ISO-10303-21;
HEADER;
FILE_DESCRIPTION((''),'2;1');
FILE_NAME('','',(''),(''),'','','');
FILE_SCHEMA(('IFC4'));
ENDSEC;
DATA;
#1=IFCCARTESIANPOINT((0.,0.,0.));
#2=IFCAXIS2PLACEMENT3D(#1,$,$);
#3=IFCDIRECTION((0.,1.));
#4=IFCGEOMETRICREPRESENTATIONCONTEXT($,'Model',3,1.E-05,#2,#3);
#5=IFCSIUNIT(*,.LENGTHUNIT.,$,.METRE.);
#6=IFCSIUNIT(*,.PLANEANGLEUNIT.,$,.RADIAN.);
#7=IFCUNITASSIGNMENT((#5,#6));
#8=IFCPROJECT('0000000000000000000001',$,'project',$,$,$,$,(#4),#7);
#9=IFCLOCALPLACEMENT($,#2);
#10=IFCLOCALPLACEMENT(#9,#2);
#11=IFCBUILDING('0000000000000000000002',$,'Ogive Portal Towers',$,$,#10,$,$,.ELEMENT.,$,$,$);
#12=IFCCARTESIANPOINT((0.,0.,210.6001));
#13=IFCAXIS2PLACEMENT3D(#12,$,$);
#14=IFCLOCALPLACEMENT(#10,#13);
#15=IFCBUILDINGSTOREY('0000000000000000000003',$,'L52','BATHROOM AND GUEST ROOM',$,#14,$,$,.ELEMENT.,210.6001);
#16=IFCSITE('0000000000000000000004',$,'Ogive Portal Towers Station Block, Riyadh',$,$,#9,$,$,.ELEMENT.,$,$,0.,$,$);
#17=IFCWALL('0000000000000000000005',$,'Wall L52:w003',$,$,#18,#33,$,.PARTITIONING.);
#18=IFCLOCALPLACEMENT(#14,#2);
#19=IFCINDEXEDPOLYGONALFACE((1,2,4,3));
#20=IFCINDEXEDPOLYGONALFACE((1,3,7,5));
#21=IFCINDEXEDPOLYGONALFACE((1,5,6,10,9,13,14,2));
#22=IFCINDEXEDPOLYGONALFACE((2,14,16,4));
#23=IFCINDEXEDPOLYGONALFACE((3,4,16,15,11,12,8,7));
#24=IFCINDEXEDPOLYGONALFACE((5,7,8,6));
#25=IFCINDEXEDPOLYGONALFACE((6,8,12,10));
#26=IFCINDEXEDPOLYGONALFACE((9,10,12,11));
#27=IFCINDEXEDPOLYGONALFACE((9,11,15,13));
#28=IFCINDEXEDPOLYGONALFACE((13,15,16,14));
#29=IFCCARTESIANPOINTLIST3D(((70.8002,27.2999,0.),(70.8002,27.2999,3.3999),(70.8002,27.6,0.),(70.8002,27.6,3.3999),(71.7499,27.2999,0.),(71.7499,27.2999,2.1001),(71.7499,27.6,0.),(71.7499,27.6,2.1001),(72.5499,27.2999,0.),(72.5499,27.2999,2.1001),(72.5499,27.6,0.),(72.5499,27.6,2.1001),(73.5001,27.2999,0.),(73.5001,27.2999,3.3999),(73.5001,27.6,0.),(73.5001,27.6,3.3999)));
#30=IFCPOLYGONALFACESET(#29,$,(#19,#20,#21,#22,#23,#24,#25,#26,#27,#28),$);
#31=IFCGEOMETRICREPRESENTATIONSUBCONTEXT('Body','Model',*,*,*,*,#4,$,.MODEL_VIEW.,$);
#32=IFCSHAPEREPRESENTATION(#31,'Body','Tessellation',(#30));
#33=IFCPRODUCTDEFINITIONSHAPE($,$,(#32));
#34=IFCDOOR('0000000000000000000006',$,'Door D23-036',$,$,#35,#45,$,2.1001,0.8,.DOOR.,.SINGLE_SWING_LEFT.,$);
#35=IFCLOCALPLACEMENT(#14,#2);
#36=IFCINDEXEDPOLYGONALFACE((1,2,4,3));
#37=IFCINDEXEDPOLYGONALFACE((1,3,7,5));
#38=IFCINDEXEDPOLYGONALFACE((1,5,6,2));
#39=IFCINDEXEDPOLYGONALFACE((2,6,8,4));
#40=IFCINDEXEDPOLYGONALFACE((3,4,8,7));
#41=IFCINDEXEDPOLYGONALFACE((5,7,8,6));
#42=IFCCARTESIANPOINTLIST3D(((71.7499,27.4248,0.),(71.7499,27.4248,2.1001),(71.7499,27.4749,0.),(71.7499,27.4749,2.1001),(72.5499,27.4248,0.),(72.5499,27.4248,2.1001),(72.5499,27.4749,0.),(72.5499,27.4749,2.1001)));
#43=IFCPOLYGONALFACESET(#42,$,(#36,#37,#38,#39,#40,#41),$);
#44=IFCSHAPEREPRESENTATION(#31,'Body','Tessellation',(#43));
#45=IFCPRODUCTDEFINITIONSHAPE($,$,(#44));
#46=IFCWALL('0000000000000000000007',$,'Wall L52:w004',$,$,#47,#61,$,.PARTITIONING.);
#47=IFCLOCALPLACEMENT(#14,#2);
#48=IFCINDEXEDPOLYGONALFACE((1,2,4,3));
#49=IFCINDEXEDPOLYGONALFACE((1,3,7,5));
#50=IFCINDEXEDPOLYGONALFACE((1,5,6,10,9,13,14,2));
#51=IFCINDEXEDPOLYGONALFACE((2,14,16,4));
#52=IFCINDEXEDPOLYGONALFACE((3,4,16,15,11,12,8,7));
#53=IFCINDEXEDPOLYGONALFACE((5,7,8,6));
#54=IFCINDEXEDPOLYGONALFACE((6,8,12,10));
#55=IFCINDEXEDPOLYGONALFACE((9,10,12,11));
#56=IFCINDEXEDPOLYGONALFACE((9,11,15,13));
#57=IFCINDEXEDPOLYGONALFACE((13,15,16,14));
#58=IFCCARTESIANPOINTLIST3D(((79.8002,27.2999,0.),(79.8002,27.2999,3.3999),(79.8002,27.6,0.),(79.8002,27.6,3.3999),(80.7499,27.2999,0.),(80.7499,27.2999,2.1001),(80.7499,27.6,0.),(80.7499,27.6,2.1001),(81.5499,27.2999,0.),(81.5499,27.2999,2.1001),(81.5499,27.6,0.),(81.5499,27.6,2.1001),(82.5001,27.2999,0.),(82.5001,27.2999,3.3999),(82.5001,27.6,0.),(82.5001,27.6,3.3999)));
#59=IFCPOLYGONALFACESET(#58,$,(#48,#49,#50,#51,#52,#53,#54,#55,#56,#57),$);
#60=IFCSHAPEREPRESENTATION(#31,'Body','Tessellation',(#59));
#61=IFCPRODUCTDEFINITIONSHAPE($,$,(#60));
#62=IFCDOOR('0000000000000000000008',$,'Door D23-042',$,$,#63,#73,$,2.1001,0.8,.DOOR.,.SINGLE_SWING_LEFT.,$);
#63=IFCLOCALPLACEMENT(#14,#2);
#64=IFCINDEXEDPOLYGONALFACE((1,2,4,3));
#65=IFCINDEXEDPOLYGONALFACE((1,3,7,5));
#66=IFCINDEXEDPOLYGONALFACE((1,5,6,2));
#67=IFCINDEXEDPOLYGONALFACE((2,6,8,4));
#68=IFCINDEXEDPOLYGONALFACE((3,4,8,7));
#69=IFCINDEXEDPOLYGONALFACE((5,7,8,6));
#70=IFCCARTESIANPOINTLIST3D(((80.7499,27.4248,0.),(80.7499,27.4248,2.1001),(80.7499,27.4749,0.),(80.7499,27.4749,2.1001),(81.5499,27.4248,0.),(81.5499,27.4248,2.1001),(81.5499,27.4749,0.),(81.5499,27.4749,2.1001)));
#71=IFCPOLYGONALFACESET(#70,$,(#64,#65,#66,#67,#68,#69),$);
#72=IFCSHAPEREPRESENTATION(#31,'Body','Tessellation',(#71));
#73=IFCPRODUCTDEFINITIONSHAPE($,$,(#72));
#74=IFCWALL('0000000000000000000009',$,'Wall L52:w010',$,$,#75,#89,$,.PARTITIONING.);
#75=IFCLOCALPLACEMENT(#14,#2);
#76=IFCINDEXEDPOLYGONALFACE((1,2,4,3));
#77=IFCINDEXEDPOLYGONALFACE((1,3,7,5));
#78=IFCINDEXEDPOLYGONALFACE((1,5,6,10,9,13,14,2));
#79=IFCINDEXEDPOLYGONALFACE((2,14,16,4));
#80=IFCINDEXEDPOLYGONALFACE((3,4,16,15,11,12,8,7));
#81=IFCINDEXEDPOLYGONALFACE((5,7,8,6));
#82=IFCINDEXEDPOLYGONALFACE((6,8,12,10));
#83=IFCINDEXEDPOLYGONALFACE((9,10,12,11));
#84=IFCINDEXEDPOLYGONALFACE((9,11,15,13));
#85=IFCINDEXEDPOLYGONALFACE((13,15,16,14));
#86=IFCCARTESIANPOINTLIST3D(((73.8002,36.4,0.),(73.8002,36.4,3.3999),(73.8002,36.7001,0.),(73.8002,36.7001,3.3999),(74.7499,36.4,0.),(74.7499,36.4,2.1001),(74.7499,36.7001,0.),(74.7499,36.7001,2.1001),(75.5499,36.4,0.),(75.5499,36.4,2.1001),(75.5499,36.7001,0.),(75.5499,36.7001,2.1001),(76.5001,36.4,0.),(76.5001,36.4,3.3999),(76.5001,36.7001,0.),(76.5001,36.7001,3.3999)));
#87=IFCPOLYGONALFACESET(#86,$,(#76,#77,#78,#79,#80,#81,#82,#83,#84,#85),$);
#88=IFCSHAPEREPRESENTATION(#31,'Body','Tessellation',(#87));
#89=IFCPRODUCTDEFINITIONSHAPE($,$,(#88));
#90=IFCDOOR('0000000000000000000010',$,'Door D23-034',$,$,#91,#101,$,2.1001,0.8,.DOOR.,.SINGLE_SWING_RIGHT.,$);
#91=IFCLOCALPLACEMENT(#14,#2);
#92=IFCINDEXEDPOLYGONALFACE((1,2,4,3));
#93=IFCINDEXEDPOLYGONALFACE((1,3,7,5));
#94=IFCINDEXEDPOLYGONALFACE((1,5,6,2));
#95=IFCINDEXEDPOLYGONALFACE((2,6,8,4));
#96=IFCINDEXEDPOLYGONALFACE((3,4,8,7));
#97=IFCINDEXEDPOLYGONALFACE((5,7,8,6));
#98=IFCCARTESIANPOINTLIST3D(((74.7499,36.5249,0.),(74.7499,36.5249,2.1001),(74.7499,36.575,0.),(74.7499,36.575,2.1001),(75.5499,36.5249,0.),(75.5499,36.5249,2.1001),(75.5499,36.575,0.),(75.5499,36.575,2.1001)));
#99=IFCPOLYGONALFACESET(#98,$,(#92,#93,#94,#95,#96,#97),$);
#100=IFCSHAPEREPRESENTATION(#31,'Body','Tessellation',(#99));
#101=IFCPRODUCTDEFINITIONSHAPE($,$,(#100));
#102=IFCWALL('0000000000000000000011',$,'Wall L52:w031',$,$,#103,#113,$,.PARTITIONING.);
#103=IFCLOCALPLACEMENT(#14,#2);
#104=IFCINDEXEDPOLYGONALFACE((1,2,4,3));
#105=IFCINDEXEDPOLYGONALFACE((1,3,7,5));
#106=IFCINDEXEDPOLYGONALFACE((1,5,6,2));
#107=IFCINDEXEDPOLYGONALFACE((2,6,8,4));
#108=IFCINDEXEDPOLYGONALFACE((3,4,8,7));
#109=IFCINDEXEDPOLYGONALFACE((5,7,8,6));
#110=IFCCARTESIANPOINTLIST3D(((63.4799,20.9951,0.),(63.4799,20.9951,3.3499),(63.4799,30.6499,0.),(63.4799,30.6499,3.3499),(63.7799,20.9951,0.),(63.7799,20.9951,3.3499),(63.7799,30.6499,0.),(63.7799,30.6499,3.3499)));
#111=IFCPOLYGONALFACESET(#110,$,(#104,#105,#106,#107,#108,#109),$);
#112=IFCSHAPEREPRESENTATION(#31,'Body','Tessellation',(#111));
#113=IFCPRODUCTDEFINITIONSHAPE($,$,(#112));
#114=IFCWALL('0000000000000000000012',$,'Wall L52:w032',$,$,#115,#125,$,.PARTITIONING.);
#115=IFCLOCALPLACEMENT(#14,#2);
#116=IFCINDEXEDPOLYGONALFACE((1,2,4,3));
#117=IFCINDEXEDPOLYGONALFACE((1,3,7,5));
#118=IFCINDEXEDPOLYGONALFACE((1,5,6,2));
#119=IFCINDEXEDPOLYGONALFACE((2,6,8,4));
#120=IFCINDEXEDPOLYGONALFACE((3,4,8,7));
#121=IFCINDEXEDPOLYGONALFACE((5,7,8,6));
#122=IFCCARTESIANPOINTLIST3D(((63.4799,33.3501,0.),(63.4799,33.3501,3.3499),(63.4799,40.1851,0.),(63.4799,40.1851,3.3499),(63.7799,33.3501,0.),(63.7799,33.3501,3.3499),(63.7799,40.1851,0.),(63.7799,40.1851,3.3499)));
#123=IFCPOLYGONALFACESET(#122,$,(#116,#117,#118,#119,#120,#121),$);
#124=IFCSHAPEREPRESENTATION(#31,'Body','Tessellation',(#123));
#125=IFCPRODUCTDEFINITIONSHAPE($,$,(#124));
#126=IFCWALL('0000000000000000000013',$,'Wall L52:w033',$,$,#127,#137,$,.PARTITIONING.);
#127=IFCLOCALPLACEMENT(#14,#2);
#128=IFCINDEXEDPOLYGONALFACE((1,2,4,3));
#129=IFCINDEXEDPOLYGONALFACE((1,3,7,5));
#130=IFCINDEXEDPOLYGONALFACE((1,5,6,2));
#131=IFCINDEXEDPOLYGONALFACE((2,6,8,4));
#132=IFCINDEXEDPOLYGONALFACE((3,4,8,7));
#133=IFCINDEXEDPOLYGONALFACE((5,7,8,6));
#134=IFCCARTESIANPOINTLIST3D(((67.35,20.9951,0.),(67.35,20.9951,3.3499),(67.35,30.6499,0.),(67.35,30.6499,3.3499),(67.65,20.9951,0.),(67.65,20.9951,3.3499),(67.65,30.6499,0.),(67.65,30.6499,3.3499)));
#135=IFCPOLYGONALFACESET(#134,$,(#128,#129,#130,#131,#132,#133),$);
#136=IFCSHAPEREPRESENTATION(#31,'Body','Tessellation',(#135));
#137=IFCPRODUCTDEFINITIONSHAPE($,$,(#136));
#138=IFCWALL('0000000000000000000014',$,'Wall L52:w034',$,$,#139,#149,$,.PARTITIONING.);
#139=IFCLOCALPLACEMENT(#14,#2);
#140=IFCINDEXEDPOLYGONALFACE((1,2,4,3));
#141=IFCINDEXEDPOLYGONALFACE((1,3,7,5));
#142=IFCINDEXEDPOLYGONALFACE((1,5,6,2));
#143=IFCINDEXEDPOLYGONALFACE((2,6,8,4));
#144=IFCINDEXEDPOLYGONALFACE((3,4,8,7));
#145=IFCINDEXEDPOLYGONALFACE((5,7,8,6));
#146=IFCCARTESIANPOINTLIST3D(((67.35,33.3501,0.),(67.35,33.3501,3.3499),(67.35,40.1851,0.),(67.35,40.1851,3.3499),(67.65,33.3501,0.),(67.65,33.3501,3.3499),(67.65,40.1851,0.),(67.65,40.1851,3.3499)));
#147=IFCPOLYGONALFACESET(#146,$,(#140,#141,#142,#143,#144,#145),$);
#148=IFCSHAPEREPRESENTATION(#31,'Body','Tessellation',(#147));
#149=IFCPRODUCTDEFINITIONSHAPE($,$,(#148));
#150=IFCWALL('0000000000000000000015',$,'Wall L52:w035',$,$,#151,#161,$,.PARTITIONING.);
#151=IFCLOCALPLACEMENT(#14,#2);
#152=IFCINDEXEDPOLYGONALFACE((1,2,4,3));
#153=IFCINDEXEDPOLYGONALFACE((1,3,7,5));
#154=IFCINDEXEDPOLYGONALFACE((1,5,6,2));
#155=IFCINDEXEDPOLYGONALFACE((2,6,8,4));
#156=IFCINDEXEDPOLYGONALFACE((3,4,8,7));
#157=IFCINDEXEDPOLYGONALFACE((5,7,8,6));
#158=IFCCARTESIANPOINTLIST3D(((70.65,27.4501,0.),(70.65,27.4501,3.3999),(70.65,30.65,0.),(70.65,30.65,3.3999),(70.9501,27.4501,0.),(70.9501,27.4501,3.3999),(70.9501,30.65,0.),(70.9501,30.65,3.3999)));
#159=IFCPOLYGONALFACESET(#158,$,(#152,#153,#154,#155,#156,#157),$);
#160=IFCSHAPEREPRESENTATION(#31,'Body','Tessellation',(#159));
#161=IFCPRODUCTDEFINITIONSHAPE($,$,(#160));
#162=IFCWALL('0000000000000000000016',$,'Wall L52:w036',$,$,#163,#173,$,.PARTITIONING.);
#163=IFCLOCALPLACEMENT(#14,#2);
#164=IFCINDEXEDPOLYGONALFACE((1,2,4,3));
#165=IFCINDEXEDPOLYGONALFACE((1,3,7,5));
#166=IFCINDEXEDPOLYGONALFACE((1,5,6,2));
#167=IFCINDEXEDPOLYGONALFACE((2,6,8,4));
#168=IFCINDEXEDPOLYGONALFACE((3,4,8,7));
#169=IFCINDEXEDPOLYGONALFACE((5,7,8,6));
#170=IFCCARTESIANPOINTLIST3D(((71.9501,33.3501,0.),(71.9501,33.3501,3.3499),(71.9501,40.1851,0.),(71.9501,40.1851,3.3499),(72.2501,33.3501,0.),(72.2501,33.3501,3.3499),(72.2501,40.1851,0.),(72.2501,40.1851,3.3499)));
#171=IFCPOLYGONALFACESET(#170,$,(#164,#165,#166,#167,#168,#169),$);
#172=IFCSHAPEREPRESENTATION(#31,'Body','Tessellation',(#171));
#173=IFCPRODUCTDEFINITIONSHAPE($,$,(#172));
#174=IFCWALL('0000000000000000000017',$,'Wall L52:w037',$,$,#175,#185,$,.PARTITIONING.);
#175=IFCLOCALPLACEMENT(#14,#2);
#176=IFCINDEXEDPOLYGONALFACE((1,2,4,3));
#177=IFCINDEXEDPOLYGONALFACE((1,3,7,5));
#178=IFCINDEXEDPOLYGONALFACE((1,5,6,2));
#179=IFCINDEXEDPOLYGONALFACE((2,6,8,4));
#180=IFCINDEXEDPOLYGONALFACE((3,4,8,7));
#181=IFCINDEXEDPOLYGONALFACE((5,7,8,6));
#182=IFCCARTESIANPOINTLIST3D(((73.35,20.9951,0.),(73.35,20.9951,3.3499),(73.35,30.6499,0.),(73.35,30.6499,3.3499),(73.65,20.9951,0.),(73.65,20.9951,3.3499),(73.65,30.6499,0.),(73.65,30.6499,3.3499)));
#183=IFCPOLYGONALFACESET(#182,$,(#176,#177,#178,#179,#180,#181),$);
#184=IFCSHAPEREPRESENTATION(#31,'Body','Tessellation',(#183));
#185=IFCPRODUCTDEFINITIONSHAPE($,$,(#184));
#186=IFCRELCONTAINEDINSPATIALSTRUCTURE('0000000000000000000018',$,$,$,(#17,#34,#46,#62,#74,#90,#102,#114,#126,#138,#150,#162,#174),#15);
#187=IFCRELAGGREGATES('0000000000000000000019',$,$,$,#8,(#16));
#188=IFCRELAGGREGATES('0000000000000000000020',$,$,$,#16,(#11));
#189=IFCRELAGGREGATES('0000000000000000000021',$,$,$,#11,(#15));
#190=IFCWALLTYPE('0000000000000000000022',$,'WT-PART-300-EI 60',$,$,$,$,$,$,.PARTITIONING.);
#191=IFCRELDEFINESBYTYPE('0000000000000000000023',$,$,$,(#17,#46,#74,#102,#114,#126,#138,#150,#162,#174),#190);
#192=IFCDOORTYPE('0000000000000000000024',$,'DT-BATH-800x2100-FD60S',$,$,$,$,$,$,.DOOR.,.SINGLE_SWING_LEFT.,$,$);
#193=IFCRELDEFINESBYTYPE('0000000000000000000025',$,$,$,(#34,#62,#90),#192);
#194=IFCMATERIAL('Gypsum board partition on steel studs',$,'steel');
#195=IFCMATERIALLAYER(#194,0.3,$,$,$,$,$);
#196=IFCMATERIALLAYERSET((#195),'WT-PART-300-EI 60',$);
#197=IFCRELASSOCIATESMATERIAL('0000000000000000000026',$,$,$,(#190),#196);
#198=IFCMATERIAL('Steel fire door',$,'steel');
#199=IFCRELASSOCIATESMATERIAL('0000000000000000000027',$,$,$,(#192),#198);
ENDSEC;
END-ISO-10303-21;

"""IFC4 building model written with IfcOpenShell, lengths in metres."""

from ifc_helpers import new_model, si_unit, direction, frame, frame_2d, origin, place, context, subcontext, project, spatial, rectangle, extrude, material, layer, layer_set, type_object, element, fill, save


model = new_model("IFC4")

# Units and contexts
model_context = context("Model", 3, precision=1e-05, world=origin(), true_north=direction((0.0, 1.0)))
body_context = subcontext(model_context, "Body", "Model", "MODEL_VIEW")
ifc_project = project(units=[si_unit("LENGTHUNIT", "METRE"), si_unit("PLANEANGLEUNIT", "RADIAN")], contexts=[model_context])

# Site, building, storey
site_placement = place(None, origin())
site = spatial("IfcSite", under=ifc_project, at=site_placement, Name="Ogive Portal Towers Station Block, Riyadh", CompositionType="ELEMENT", RefElevation=0.0)
building_placement = place(site_placement, origin())
building = spatial("IfcBuilding", under=site, at=building_placement, Name="Ogive Portal Towers", CompositionType="ELEMENT")
storey_placement = place(building_placement, frame((0.0, 0.0, 210.6001)))
storey = spatial("IfcBuildingStorey", under=building, at=storey_placement, Name="L52", Description="BATHROOM AND GUEST ROOM", CompositionType="ELEMENT", Elevation=210.6001)

# Walls, openings, doors
ifc_material_1 = material(Name="Gypsum board partition on steel studs", Category="steel")
ifc_layer_1 = layer(ifc_material_1, 0.3)
ifc_layer_set_1 = layer_set([ifc_layer_1], Name="WT-PART-300-EI 60")
wall_type = type_object("IfcWallType", Name="WT-PART-300-EI 60", PredefinedType="PARTITIONING", material=ifc_layer_set_1)
wall_1_placement = place(storey_placement, frame((70.8, 27.45, 0.0), z_axis=(0.0, 0.0, 1.0), x_axis=(1.0, 0.0, 0.0)))
wall_1 = element("IfcWall", 1, at=wall_1_placement, inside=storey, type_object=wall_type, Name="Wall L52:w003", PredefinedType="PARTITIONING", context=body_context, shape_type="SweptSolid", body=[
    extrude(rectangle(XDim=2.7, YDim=0.3, at=frame_2d((1.3501, 0.0))), origin(), (0.0, 0.0, 1.0), 3.3999),
])
opening_1_placement = place(wall_1_placement, frame((0.95, 0.0, 0.0)))
opening_1 = element("IfcOpeningElement", 2, at=opening_1_placement, cuts=wall_1, PredefinedType="OPENING", context=body_context, shape_type="SweptSolid", body=[
    extrude(rectangle(XDim=0.8, YDim=2.1001, at=frame_2d((0.3999, 1.05))), frame((0.0, 0.1602, 0.0), z_axis=(0.0, -1.0, 0.0), x_axis=(1.0, 0.0, 0.0)), (0.0, 0.0, 1.0), 0.3201),
])
ifc_material_2 = material(Name="Steel fire door", Category="steel")
door_type = type_object("IfcDoorType", Name="DT-BATH-800x2100-FD60S", OperationType="SINGLE_SWING_LEFT", PredefinedType="DOOR", material=ifc_material_2)
door_1_placement = place(opening_1_placement, origin())
door_1 = element("IfcDoor", 3, at=door_1_placement, inside=storey, type_object=door_type, Name="Door D23-036", OperationType="SINGLE_SWING_LEFT", OverallHeight=2.1001, OverallWidth=0.8, PredefinedType="DOOR", context=body_context, shape_type="SweptSolid", body=[
    extrude(rectangle(XDim=0.8, YDim=2.1001, at=frame_2d((0.3999, 1.05))), frame((0.0, 0.0249, 0.0), z_axis=(0.0, -1.0, 0.0), x_axis=(1.0, 0.0, 0.0)), (0.0, 0.0, 1.0), 0.05),
])
fill(opening_1, door_1)
wall_2_placement = place(storey_placement, frame((79.8, 27.45, 0.0), z_axis=(0.0, 0.0, 1.0), x_axis=(1.0, 0.0, 0.0)))
wall_2 = element("IfcWall", 4, at=wall_2_placement, inside=storey, type_object=wall_type, Name="Wall L52:w004", PredefinedType="PARTITIONING", context=body_context, shape_type="SweptSolid", body=[
    extrude(rectangle(XDim=2.7, YDim=0.3, at=frame_2d((1.3501, 0.0))), origin(), (0.0, 0.0, 1.0), 3.3999),
])
opening_2_placement = place(wall_2_placement, frame((0.95, 0.0, 0.0)))
opening_2 = element("IfcOpeningElement", 5, at=opening_2_placement, cuts=wall_2, PredefinedType="OPENING", context=body_context, shape_type="SweptSolid", body=[
    extrude(rectangle(XDim=0.8, YDim=2.1001, at=frame_2d((0.3999, 1.05))), frame((0.0, 0.1602, 0.0), z_axis=(0.0, -1.0, 0.0), x_axis=(1.0, 0.0, 0.0)), (0.0, 0.0, 1.0), 0.3201),
])
door_2_placement = place(opening_2_placement, origin())
door_2 = element("IfcDoor", 6, at=door_2_placement, inside=storey, type_object=door_type, Name="Door D23-042", OperationType="SINGLE_SWING_LEFT", OverallHeight=2.1001, OverallWidth=0.8, PredefinedType="DOOR", context=body_context, shape_type="SweptSolid", body=[
    extrude(rectangle(XDim=0.8, YDim=2.1001, at=frame_2d((0.3999, 1.05))), frame((0.0, 0.0249, 0.0), z_axis=(0.0, -1.0, 0.0), x_axis=(1.0, 0.0, 0.0)), (0.0, 0.0, 1.0), 0.05),
])
fill(opening_2, door_2)
wall_3_placement = place(storey_placement, frame((73.8, 36.55, 0.0), z_axis=(0.0, 0.0, 1.0), x_axis=(1.0, 0.0, 0.0)))
wall_3 = element("IfcWall", 7, at=wall_3_placement, inside=storey, type_object=wall_type, Name="Wall L52:w010", PredefinedType="PARTITIONING", context=body_context, shape_type="SweptSolid", body=[
    extrude(rectangle(XDim=2.7, YDim=0.3, at=frame_2d((1.3501, 0.0))), origin(), (0.0, 0.0, 1.0), 3.3999),
])
opening_3_placement = place(wall_3_placement, frame((0.95, 0.0, 0.0)))
opening_3 = element("IfcOpeningElement", 8, at=opening_3_placement, cuts=wall_3, PredefinedType="OPENING", context=body_context, shape_type="SweptSolid", body=[
    extrude(rectangle(XDim=0.8, YDim=2.1001, at=frame_2d((0.3999, 1.05))), frame((0.0, 0.1602, 0.0), z_axis=(0.0, -1.0, 0.0), x_axis=(1.0, 0.0, 0.0)), (0.0, 0.0, 1.0), 0.3201),
])
door_3_placement = place(opening_3_placement, origin())
door_3 = element("IfcDoor", 9, at=door_3_placement, inside=storey, type_object=door_type, Name="Door D23-034", OperationType="SINGLE_SWING_RIGHT", OverallHeight=2.1001, OverallWidth=0.8, PredefinedType="DOOR", context=body_context, shape_type="SweptSolid", body=[
    extrude(rectangle(XDim=0.8, YDim=2.1001, at=frame_2d((0.3999, 1.05))), frame((0.0, 0.0249, 0.0), z_axis=(0.0, -1.0, 0.0), x_axis=(1.0, 0.0, 0.0)), (0.0, 0.0, 1.0), 0.05),
])
fill(opening_3, door_3)

# Walls
wall_4_placement = place(storey_placement, frame((63.6299, 20.9951, 0.0), z_axis=(0.0, 0.0, 1.0), x_axis=(0.0, 1.0, 0.0)))
element("IfcWall", 10, at=wall_4_placement, inside=storey, type_object=wall_type, Name="Wall L52:w031", PredefinedType="PARTITIONING", context=body_context, shape_type="SweptSolid", body=[
    extrude(rectangle(XDim=9.6548, YDim=0.3, at=frame_2d((4.8274, 0.0))), origin(), (0.0, 0.0, 1.0), 3.3499),
])
wall_5_placement = place(storey_placement, frame((63.6299, 33.3501, 0.0), z_axis=(0.0, 0.0, 1.0), x_axis=(0.0, 1.0, 0.0)))
element("IfcWall", 11, at=wall_5_placement, inside=storey, type_object=wall_type, Name="Wall L52:w032", PredefinedType="PARTITIONING", context=body_context, shape_type="SweptSolid", body=[
    extrude(rectangle(XDim=6.835, YDim=0.3, at=frame_2d((3.4175, 0.0))), origin(), (0.0, 0.0, 1.0), 3.3499),
])
wall_6_placement = place(storey_placement, frame((67.5, 20.9951, 0.0), z_axis=(0.0, 0.0, 1.0), x_axis=(0.0, 1.0, 0.0)))
element("IfcWall", 12, at=wall_6_placement, inside=storey, type_object=wall_type, Name="Wall L52:w033", PredefinedType="PARTITIONING", context=body_context, shape_type="SweptSolid", body=[
    extrude(rectangle(XDim=9.6548, YDim=0.3, at=frame_2d((4.8274, 0.0))), origin(), (0.0, 0.0, 1.0), 3.3499),
])
wall_7_placement = place(storey_placement, frame((67.5, 33.3501, 0.0), z_axis=(0.0, 0.0, 1.0), x_axis=(0.0, 1.0, 0.0)))
element("IfcWall", 13, at=wall_7_placement, inside=storey, type_object=wall_type, Name="Wall L52:w034", PredefinedType="PARTITIONING", context=body_context, shape_type="SweptSolid", body=[
    extrude(rectangle(XDim=6.835, YDim=0.3, at=frame_2d((3.4175, 0.0))), origin(), (0.0, 0.0, 1.0), 3.3499),
])
wall_8_placement = place(storey_placement, frame((70.8, 27.45, 0.0), z_axis=(0.0, 0.0, 1.0), x_axis=(0.0, 1.0, 0.0)))
element("IfcWall", 14, at=wall_8_placement, inside=storey, type_object=wall_type, Name="Wall L52:w035", PredefinedType="PARTITIONING", context=body_context, shape_type="SweptSolid", body=[
    extrude(rectangle(XDim=3.2, YDim=0.3, at=frame_2d((1.6001, 0.0))), origin(), (0.0, 0.0, 1.0), 3.3999),
])
wall_9_placement = place(storey_placement, frame((72.1001, 33.3501, 0.0), z_axis=(0.0, 0.0, 1.0), x_axis=(0.0, 1.0, 0.0)))
element("IfcWall", 15, at=wall_9_placement, inside=storey, type_object=wall_type, Name="Wall L52:w036", PredefinedType="PARTITIONING", context=body_context, shape_type="SweptSolid", body=[
    extrude(rectangle(XDim=6.835, YDim=0.3, at=frame_2d((3.4175, 0.0))), origin(), (0.0, 0.0, 1.0), 3.3499),
])
wall_10_placement = place(storey_placement, frame((73.5, 20.9951, 0.0), z_axis=(0.0, 0.0, 1.0), x_axis=(0.0, 1.0, 0.0)))
element("IfcWall", 16, at=wall_10_placement, inside=storey, type_object=wall_type, Name="Wall L52:w037", PredefinedType="PARTITIONING", context=body_context, shape_type="SweptSolid", body=[
    extrude(rectangle(XDim=9.6548, YDim=0.3, at=frame_2d((4.8274, 0.0))), origin(), (0.0, 0.0, 1.0), 3.3499),
])

save(model, "model.ifc")
